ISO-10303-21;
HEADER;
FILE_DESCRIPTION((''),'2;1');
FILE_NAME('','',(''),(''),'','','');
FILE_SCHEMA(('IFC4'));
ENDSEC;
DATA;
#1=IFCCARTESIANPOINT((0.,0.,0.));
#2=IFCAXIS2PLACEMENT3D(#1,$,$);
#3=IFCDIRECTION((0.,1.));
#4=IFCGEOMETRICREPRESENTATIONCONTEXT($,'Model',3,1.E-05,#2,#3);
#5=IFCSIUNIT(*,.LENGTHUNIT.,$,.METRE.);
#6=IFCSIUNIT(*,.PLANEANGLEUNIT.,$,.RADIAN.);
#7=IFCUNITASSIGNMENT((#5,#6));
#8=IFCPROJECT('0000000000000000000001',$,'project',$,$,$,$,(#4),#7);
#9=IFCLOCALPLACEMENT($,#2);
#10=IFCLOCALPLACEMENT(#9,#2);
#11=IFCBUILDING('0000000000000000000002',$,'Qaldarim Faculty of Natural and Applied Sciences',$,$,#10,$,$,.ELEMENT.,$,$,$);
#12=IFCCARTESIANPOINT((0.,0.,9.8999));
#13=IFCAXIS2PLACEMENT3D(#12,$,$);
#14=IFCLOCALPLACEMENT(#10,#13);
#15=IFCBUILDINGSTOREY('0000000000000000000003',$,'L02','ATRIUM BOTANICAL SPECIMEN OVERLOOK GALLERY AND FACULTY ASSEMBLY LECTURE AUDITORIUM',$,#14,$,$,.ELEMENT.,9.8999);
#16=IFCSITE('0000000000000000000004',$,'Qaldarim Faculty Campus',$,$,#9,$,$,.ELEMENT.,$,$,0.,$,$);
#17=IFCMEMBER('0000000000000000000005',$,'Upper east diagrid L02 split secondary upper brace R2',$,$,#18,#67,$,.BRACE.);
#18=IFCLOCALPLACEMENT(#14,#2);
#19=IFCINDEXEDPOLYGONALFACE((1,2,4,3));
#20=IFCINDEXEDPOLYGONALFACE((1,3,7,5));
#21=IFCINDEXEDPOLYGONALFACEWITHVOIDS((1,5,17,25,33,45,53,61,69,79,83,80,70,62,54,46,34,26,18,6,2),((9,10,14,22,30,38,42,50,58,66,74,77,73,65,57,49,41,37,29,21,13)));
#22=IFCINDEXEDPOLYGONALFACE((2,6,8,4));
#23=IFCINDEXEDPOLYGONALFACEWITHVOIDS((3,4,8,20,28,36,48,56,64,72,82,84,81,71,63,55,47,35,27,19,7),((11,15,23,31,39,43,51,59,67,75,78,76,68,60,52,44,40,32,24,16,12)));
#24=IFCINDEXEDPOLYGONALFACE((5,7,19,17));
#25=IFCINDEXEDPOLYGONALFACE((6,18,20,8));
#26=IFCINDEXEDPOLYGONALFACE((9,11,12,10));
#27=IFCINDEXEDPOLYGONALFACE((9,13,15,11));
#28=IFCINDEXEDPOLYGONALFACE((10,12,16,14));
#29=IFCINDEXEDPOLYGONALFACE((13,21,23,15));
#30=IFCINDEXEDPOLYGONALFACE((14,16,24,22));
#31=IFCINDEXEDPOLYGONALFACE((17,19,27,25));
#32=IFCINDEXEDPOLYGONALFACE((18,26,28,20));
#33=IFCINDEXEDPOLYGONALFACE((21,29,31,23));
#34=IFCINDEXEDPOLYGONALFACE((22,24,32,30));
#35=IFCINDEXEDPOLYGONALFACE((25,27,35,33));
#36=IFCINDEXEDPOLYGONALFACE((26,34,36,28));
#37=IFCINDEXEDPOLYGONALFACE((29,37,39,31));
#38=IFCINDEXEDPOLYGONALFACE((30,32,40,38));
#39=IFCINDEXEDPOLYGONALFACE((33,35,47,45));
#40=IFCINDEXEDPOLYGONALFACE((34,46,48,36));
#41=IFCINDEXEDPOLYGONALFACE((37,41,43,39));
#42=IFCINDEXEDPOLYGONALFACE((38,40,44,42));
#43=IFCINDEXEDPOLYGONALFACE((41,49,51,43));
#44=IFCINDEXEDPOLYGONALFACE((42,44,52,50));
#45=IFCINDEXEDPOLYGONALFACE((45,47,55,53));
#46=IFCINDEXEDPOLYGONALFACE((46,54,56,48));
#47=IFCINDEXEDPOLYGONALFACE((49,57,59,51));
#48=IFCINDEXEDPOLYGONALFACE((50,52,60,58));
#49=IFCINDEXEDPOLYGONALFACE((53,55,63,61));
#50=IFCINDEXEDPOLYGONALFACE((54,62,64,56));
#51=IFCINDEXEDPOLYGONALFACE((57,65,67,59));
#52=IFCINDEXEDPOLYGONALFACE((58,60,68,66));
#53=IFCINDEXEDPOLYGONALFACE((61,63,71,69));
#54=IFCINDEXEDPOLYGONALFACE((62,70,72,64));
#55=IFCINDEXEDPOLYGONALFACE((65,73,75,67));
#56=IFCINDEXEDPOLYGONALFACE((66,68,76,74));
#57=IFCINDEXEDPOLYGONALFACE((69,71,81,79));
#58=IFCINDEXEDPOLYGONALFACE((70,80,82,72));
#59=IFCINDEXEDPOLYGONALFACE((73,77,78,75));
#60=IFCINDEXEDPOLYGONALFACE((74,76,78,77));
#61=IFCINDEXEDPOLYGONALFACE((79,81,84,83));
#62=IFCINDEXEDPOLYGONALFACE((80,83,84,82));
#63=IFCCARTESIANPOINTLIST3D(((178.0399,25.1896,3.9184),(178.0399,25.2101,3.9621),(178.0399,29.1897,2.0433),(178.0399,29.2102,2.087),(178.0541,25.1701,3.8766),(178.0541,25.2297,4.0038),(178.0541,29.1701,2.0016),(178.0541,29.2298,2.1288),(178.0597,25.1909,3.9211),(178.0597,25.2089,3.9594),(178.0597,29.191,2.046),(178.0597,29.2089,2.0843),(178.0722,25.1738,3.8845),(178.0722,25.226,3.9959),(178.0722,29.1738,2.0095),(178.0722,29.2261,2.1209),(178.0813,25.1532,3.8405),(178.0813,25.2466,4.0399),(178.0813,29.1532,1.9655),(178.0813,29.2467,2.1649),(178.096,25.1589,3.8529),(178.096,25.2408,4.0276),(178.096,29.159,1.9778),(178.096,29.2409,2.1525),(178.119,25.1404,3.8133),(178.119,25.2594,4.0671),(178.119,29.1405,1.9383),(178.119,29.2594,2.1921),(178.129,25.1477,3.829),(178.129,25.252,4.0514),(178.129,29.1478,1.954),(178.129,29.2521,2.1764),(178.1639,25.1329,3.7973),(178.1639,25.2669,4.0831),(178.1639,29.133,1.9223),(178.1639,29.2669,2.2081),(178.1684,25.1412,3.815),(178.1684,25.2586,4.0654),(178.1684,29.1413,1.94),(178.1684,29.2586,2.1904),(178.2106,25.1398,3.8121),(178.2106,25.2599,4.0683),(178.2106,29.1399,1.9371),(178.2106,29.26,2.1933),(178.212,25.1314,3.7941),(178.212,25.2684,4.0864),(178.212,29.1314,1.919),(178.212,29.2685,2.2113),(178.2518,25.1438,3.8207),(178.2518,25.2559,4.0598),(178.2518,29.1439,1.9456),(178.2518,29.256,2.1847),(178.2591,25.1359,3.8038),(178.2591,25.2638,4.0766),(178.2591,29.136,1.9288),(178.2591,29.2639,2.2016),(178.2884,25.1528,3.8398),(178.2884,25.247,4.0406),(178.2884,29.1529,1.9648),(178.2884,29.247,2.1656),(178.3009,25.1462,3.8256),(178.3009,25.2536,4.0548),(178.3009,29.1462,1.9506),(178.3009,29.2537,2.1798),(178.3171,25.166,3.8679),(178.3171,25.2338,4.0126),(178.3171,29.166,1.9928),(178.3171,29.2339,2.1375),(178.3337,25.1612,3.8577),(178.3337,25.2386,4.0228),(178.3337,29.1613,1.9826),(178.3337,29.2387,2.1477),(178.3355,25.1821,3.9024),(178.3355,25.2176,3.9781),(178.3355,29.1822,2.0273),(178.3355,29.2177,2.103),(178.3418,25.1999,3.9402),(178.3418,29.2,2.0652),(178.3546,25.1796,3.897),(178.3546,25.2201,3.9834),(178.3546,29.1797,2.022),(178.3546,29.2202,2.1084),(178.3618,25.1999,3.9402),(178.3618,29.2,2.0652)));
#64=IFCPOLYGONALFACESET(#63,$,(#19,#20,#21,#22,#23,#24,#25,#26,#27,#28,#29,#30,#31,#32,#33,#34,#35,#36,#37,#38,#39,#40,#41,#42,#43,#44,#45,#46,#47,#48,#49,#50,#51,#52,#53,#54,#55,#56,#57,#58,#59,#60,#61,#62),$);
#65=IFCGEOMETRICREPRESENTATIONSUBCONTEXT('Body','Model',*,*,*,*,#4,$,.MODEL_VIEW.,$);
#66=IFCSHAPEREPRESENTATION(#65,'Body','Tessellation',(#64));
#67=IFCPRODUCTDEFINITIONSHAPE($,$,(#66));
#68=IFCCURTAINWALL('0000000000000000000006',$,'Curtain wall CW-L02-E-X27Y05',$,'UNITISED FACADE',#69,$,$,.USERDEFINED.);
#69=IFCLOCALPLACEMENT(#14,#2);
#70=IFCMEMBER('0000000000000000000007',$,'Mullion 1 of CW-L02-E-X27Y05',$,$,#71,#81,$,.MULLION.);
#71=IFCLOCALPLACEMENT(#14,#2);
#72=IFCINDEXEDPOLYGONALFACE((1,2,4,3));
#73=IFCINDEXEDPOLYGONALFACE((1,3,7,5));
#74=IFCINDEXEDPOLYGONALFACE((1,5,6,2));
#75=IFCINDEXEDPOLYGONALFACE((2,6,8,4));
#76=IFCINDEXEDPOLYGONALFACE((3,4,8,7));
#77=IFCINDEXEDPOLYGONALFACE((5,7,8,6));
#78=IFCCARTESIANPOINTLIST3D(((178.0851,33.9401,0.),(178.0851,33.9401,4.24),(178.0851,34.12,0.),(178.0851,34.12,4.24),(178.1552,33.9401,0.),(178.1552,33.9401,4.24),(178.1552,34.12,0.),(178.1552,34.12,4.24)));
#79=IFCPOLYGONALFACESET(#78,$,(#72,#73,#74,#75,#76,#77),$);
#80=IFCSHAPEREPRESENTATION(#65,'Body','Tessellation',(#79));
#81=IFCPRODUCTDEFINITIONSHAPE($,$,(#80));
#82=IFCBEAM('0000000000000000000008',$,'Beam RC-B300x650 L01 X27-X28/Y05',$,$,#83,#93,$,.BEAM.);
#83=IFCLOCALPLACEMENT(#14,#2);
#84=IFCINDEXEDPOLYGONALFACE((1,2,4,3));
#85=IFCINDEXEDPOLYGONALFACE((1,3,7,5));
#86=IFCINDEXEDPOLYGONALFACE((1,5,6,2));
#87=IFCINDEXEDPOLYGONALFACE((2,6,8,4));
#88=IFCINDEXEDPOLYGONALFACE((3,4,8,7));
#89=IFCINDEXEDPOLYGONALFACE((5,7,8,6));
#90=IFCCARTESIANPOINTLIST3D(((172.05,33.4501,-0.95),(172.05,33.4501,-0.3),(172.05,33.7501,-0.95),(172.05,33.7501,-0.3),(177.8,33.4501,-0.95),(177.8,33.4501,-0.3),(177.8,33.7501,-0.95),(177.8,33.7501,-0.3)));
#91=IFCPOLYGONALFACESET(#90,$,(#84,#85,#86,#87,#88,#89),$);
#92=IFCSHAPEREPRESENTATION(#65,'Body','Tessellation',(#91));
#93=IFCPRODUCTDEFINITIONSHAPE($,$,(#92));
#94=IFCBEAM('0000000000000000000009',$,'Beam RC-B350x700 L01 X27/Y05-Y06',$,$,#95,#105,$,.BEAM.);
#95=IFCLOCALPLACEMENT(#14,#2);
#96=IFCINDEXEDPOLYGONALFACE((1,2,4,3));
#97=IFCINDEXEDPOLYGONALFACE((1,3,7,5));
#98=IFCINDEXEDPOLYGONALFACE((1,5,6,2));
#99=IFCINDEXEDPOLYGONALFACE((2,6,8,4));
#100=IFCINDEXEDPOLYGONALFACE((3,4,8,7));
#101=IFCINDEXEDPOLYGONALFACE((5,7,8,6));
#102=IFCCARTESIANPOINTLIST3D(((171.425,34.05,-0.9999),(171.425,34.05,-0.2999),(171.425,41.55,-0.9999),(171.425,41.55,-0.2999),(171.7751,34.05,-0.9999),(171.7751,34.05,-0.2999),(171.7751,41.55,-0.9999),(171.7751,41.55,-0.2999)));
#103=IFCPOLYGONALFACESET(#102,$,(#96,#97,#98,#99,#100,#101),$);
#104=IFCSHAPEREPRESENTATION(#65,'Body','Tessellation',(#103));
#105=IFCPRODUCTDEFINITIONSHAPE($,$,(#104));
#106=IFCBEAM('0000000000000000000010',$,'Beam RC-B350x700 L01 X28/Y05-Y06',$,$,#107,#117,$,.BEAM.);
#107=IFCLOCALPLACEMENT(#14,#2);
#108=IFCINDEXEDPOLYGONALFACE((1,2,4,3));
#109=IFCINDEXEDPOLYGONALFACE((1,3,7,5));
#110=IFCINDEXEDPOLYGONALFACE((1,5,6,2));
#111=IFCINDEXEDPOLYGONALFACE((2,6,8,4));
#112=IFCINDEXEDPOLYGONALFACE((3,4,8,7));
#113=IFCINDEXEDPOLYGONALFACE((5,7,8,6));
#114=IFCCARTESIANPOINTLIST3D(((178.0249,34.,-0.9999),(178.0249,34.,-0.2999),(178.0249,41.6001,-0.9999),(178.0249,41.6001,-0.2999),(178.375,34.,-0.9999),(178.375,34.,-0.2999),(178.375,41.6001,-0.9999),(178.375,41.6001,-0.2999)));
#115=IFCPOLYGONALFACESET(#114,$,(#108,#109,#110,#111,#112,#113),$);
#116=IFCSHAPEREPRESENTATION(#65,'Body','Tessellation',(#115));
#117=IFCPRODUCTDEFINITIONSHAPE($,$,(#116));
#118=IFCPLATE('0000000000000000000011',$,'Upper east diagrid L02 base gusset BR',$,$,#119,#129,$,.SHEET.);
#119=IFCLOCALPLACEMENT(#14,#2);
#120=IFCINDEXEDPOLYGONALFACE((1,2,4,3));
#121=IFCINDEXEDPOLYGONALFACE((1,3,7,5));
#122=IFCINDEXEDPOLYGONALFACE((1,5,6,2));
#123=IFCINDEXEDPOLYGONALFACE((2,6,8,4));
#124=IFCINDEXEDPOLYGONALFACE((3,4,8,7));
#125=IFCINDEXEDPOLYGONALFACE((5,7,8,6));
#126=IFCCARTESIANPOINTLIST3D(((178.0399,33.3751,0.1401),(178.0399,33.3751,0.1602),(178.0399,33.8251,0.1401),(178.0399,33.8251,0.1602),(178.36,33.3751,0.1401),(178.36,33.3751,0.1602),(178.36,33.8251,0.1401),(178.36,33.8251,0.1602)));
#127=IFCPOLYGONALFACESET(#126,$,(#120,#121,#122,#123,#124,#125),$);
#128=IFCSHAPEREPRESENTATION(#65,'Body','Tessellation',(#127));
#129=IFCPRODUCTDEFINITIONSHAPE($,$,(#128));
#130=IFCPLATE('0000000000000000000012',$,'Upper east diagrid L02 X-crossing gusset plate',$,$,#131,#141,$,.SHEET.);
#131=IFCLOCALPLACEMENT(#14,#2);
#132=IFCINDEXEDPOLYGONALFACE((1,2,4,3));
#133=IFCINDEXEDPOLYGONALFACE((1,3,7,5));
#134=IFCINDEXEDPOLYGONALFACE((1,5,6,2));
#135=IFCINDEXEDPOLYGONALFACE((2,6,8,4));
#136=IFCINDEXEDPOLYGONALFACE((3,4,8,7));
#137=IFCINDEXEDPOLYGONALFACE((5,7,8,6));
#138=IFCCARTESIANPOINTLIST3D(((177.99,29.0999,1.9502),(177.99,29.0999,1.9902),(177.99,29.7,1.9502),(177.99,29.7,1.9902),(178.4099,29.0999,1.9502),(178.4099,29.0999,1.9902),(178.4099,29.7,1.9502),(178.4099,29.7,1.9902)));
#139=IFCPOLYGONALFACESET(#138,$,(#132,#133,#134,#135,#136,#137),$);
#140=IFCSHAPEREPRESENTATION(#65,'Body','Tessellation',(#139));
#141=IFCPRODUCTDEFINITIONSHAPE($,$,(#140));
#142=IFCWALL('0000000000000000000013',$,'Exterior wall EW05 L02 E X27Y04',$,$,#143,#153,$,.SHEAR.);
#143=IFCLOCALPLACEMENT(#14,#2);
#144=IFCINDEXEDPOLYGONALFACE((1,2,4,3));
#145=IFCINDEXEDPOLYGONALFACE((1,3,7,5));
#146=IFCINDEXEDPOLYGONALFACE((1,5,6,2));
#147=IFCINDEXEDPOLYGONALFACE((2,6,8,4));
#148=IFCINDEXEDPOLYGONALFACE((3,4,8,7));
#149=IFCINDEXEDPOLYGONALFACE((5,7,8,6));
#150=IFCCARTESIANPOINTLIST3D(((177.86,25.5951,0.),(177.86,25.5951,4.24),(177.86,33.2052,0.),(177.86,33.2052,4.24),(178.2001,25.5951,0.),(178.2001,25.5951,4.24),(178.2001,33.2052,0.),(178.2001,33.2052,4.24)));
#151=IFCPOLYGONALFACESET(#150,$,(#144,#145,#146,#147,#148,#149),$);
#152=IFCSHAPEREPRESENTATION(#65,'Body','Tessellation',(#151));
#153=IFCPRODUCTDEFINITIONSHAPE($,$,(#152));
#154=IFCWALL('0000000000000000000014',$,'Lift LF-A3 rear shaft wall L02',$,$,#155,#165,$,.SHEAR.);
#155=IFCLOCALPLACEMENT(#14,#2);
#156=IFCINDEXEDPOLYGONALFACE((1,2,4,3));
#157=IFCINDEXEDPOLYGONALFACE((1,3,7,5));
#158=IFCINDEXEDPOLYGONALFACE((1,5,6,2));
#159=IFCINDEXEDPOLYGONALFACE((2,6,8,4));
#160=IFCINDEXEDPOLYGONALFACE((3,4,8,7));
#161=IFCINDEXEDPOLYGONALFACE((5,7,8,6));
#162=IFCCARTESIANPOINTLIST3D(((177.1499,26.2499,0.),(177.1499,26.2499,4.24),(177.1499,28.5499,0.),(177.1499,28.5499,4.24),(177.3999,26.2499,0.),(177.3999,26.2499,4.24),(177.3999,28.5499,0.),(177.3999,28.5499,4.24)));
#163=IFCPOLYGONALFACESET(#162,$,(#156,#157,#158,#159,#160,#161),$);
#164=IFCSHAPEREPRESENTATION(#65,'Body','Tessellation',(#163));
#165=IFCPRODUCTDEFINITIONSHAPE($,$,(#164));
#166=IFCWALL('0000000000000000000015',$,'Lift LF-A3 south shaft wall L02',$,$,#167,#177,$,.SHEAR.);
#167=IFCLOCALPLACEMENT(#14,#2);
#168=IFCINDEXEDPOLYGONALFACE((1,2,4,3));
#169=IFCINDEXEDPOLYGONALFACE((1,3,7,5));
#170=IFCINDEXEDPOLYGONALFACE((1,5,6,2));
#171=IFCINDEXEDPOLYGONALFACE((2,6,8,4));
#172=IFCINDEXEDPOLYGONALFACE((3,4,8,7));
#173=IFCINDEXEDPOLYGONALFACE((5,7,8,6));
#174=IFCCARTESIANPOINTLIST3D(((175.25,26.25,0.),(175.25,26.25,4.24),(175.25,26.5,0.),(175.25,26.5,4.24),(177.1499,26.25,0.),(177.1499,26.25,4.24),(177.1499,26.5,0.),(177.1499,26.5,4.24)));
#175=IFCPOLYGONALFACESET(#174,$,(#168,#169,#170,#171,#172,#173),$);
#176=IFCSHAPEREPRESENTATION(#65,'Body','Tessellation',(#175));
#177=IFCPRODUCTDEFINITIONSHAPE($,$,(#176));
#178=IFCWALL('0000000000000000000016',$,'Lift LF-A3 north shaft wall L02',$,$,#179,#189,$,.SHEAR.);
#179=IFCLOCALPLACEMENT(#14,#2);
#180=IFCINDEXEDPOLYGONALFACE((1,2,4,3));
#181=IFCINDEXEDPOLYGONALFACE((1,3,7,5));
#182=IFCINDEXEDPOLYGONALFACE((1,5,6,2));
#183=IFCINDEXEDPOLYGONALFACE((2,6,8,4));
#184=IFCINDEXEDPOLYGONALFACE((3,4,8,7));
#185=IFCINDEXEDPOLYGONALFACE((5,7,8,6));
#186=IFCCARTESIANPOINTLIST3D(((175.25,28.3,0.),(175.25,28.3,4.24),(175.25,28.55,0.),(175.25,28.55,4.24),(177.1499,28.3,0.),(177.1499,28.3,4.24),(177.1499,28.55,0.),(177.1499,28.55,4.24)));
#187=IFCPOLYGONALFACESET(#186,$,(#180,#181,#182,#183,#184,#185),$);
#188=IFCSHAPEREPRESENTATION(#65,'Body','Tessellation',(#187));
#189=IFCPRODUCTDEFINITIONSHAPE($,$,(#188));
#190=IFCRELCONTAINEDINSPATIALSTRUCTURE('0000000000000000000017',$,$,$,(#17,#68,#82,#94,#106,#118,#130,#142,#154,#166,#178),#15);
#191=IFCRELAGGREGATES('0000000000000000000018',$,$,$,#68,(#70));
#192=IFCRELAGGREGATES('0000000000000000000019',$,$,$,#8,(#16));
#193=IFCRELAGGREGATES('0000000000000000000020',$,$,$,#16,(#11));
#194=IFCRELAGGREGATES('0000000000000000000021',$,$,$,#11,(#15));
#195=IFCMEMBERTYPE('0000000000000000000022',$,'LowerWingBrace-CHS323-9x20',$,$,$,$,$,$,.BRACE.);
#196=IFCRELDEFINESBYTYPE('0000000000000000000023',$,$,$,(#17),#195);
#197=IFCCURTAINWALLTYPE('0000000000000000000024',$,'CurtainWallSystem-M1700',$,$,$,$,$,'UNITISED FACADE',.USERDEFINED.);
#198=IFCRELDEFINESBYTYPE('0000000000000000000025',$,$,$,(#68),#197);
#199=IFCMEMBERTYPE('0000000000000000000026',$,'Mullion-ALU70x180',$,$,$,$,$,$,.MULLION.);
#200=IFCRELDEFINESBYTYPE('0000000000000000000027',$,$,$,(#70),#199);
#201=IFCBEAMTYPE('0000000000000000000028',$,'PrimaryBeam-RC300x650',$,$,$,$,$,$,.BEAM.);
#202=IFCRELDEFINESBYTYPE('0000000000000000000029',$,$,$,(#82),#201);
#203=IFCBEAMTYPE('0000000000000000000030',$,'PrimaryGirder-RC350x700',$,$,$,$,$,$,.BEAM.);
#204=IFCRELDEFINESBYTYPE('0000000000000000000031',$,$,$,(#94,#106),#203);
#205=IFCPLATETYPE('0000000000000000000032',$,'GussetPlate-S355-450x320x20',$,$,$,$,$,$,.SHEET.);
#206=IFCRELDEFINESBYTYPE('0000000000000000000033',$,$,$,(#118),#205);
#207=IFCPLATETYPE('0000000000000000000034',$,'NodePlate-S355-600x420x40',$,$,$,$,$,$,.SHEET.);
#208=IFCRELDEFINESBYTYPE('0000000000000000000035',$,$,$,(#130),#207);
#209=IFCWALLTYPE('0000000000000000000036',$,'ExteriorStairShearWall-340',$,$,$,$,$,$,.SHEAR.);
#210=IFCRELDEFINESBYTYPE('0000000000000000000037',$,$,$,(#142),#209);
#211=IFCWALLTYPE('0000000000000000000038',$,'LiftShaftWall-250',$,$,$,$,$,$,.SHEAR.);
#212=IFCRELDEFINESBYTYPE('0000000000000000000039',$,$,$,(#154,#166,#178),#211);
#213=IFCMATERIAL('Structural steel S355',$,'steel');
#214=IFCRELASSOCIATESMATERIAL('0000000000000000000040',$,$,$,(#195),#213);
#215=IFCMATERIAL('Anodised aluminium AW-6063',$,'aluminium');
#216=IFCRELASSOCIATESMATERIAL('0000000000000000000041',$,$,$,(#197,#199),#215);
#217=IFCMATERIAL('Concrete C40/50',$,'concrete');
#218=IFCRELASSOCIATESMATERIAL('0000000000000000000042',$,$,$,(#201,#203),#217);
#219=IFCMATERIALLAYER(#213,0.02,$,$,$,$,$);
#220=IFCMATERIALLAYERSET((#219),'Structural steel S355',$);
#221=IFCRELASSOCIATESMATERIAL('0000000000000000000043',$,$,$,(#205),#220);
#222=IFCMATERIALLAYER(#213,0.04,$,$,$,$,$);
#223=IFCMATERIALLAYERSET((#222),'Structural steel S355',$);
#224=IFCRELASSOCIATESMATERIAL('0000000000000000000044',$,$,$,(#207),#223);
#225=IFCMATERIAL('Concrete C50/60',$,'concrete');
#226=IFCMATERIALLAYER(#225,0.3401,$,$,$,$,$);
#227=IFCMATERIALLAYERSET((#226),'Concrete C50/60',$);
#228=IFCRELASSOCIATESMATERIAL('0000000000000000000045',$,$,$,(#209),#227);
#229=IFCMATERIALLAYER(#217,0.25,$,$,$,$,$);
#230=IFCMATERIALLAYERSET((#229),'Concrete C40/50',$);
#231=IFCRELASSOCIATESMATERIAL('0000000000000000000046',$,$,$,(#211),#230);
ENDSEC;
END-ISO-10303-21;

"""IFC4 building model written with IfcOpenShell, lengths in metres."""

from ifc_helpers import new_model, si_unit, direction, frame, frame_2d, origin, origin_2d, place, context, subcontext, project, spatial, rectangle, hollow_circle, extrude, material, layer, layer_set, material_profile, profile_set, type_object, element, aggregate, save


model = new_model("IFC4")

# Units and contexts
model_context = context("Model", 3, precision=1e-05, world=origin(), true_north=direction((0.0, 1.0)))
body_context = subcontext(model_context, "Body", "Model", "MODEL_VIEW")
ifc_project = project(units=[si_unit("LENGTHUNIT", "METRE"), si_unit("PLANEANGLEUNIT", "RADIAN")], contexts=[model_context])

# Site, building, storey
site_placement = place(None, origin())
site = spatial("IfcSite", under=ifc_project, at=site_placement, Name="Qaldarim Faculty Campus", CompositionType="ELEMENT", RefElevation=0.0)
building_placement = place(site_placement, origin())
building = spatial("IfcBuilding", under=site, at=building_placement, Name="Qaldarim Faculty of Natural and Applied Sciences", CompositionType="ELEMENT")
storey_placement = place(building_placement, frame((0.0, 0.0, 9.8999)))
storey = spatial("IfcBuildingStorey", under=building, at=storey_placement, Name="L02", Description="ATRIUM BOTANICAL SPECIMEN OVERLOOK GALLERY AND FACULTY ASSEMBLY LECTURE AUDITORIUM", CompositionType="ELEMENT", Elevation=9.8999)

# Shared definitions
ifc_material_1 = material(Name="Concrete C50/60", Category="concrete")

# Shared definitions
ifc_material_2 = material(Name="Concrete C40/50", Category="concrete")

# Member
ifc_material_3 = material(Name="Structural steel S355", Category="steel")
ifc_material_profile_1 = material_profile(ifc_material_3, hollow_circle(Radius=0.1619, WallThickness=0.02, at=origin_2d()), Name="CHS 323.9x20.0")
ifc_profile_set_1 = profile_set([ifc_material_profile_1], Name="Structural steel S355")
member_type_1 = type_object("IfcMemberType", Name="LowerWingBrace-CHS323-9x20", PredefinedType="BRACE", material=ifc_profile_set_1)
for number, where, z_axis, x_axis, name in (
    (1, (178.2, 29.2, 2.0652), (0.0, -0.905459, 0.424434), (1.0, 0.0, 0.0), "Upper east diagrid L02 split secondary upper brace R2"),
):
    element("IfcMember", number, at=place(storey_placement, frame(where, z_axis=z_axis, x_axis=x_axis)), inside=storey, type_object=member_type_1, Name=name, PredefinedType="BRACE", context=body_context, shape_type="SweptSolid", body=[
        extrude(hollow_circle(Radius=0.1619, WallThickness=0.02, at=origin_2d()), origin(), (0.0, 0.0, 1.0), 4.4177),
    ])

# Curtain wall, member
ifc_material_4 = material(Name="Anodised aluminium AW-6063", Category="aluminium")
curtain_wall_type = type_object("IfcCurtainWallType", Name="CurtainWallSystem-M1700", ElementType="UNITISED FACADE", PredefinedType="USERDEFINED", material=ifc_material_4)
curtain_wall_placement = place(storey_placement, origin())
curtain_wall = element("IfcCurtainWall", 2, at=curtain_wall_placement, inside=storey, type_object=curtain_wall_type, Name="Curtain wall CW-L02-E-X27Y05", ObjectType="UNITISED FACADE", PredefinedType="USERDEFINED")
ifc_material_profile_2 = material_profile(ifc_material_4, rectangle(XDim=0.0701, YDim=0.1799, at=origin_2d()), Name="ALU-M70x180")
ifc_profile_set_2 = profile_set([ifc_material_profile_2], Name="Anodised aluminium AW-6063")
member_type_2 = type_object("IfcMemberType", Name="Mullion-ALU70x180", PredefinedType="MULLION", material=ifc_profile_set_2)
member_placement = place(storey_placement, frame((178.1201, 34.03, 0.0), z_axis=(0.0, 0.0, 1.0), x_axis=(-1.0, 0.0, 0.0)))
member = element("IfcMember", 3, at=member_placement, type_object=member_type_2, Name="Mullion 1 of CW-L02-E-X27Y05", PredefinedType="MULLION", context=body_context, shape_type="SweptSolid", body=[
    extrude(rectangle(XDim=0.0701, YDim=0.1799, at=origin_2d()), origin(), (0.0, 0.0, 1.0), 4.24),
])
aggregate(curtain_wall, [member])

# Beams
ifc_material_profile_3 = material_profile(ifc_material_2, rectangle(XDim=0.3, YDim=0.6499, at=origin_2d()), Name="RC-B300x650")
ifc_profile_set_3 = profile_set([ifc_material_profile_3], Name="Concrete C40/50")
beam_type_1 = type_object("IfcBeamType", Name="PrimaryBeam-RC300x650", PredefinedType="BEAM", material=ifc_profile_set_3)
beam_1_placement = place(storey_placement, frame((172.05, 33.6001, -0.625), z_axis=(1.0, 0.0, 0.0), x_axis=(0.0, 1.0, 0.0)))
element("IfcBeam", 4, at=beam_1_placement, inside=storey, type_object=beam_type_1, Name="Beam RC-B300x650 L01 X27-X28/Y05", PredefinedType="BEAM", context=body_context, shape_type="SweptSolid", body=[
    extrude(rectangle(XDim=0.3, YDim=0.6499, at=origin_2d()), origin(), (0.0, 0.0, 1.0), 5.75),
])
ifc_material_profile_4 = material_profile(ifc_material_2, rectangle(XDim=0.3501, YDim=0.7, at=origin_2d()), Name="RC-B350x700")
ifc_profile_set_4 = profile_set([ifc_material_profile_4], Name="Concrete C40/50")
beam_type_2 = type_object("IfcBeamType", Name="PrimaryGirder-RC350x700", PredefinedType="BEAM", material=ifc_profile_set_4)
beam_2_placement = place(storey_placement, frame((171.6001, 34.05, -0.6499), z_axis=(0.0, 1.0, 0.0), x_axis=(-1.0, 0.0, 0.0)))
element("IfcBeam", 5, at=beam_2_placement, inside=storey, type_object=beam_type_2, Name="Beam RC-B350x700 L01 X27/Y05-Y06", PredefinedType="BEAM", context=body_context, shape_type="SweptSolid", body=[
    extrude(rectangle(XDim=0.3501, YDim=0.7, at=origin_2d()), origin(), (0.0, 0.0, 1.0), 7.5),
])
beam_3_placement = place(storey_placement, frame((178.2, 34.0, -0.6499), z_axis=(0.0, 1.0, 0.0), x_axis=(-1.0, 0.0, 0.0)))
element("IfcBeam", 6, at=beam_3_placement, inside=storey, type_object=beam_type_2, Name="Beam RC-B350x700 L01 X28/Y05-Y06", PredefinedType="BEAM", context=body_context, shape_type="SweptSolid", body=[
    extrude(rectangle(XDim=0.3501, YDim=0.7, at=origin_2d()), origin(), (0.0, 0.0, 1.0), 7.6001),
])

# Plates
ifc_layer_1 = layer(ifc_material_3, 0.02)
ifc_layer_set_1 = layer_set([ifc_layer_1], Name="Structural steel S355")
plate_type_1 = type_object("IfcPlateType", Name="GussetPlate-S355-450x320x20", PredefinedType="SHEET", material=ifc_layer_set_1)
plate_1_placement = place(storey_placement, frame((178.2, 33.6001, 0.1401), z_axis=(0.0, 0.0, 1.0), x_axis=(0.0, 1.0, 0.0)))
element("IfcPlate", 7, at=plate_1_placement, inside=storey, type_object=plate_type_1, Name="Upper east diagrid L02 base gusset BR", PredefinedType="SHEET", context=body_context, shape_type="SweptSolid", body=[
    extrude(rectangle(XDim=0.45, YDim=0.3201, at=origin_2d()), origin(), (0.0, 0.0, 1.0), 0.02),
])
ifc_layer_2 = layer(ifc_material_3, 0.04)
ifc_layer_set_2 = layer_set([ifc_layer_2], Name="Structural steel S355")
plate_type_2 = type_object("IfcPlateType", Name="NodePlate-S355-600x420x40", PredefinedType="SHEET", material=ifc_layer_set_2)
plate_2_placement = place(storey_placement, frame((178.2, 29.3999, 1.9502), z_axis=(0.0, 0.0, 1.0), x_axis=(0.0, 1.0, 0.0)))
element("IfcPlate", 8, at=plate_2_placement, inside=storey, type_object=plate_type_2, Name="Upper east diagrid L02 X-crossing gusset plate", PredefinedType="SHEET", context=body_context, shape_type="SweptSolid", body=[
    extrude(rectangle(XDim=0.6001, YDim=0.4199, at=origin_2d()), origin(), (0.0, 0.0, 1.0), 0.04),
])

# Wall
ifc_layer_3 = layer(ifc_material_1, 0.3401)
ifc_layer_set_3 = layer_set([ifc_layer_3], Name="Concrete C50/60")
wall_type_1 = type_object("IfcWallType", Name="ExteriorStairShearWall-340", PredefinedType="SHEAR", material=ifc_layer_set_3)
wall_1_placement = place(storey_placement, frame((178.03, 25.595, 0.0), z_axis=(0.0, 0.0, 1.0), x_axis=(0.0, 1.0, 0.0)))
element("IfcWall", 9, at=wall_1_placement, inside=storey, type_object=wall_type_1, Name="Exterior wall EW05 L02 E X27Y04", PredefinedType="SHEAR", context=body_context, shape_type="SweptSolid", body=[
    extrude(rectangle(XDim=7.6101, YDim=0.3401, at=frame_2d((3.8052, 0.0))), origin(), (0.0, 0.0, 1.0), 4.24),
])

# Shared definitions
ifc_layer_4 = layer(ifc_material_2, 0.25)
ifc_layer_set_4 = layer_set([ifc_layer_4], Name="Concrete C40/50")
wall_type_2 = type_object("IfcWallType", Name="LiftShaftWall-250", PredefinedType="SHEAR", material=ifc_layer_set_4)

# Walls
wall_2_placement = place(storey_placement, frame((177.2749, 26.25, 0.0), z_axis=(0.0, 0.0, 1.0), x_axis=(0.0, 1.0, 0.0)))
element("IfcWall", 10, at=wall_2_placement, inside=storey, type_object=wall_type_2, Name="Lift LF-A3 rear shaft wall L02", PredefinedType="SHEAR", context=body_context, shape_type="SweptSolid", body=[
    extrude(rectangle(XDim=2.3, YDim=0.25, at=frame_2d((1.1499, 0.0))), origin(), (0.0, 0.0, 1.0), 4.24),
])
for number, where, z_axis, x_axis, name in (
    (11, (175.25, 26.375, 0.0), (0.0, 0.0, 1.0), (1.0, 0.0, 0.0), "Lift LF-A3 south shaft wall L02"),
    (12, (175.25, 28.425, 0.0), (0.0, 0.0, 1.0), (1.0, 0.0, 0.0), "Lift LF-A3 north shaft wall L02"),
):
    element("IfcWall", number, at=place(storey_placement, frame(where, z_axis=z_axis, x_axis=x_axis)), inside=storey, type_object=wall_type_2, Name=name, PredefinedType="SHEAR", context=body_context, shape_type="SweptSolid", body=[
        extrude(rectangle(XDim=1.8999, YDim=0.25, at=frame_2d((0.95, 0.0))), origin(), (0.0, 0.0, 1.0), 4.24),
    ])

save(model, "model.ifc")
